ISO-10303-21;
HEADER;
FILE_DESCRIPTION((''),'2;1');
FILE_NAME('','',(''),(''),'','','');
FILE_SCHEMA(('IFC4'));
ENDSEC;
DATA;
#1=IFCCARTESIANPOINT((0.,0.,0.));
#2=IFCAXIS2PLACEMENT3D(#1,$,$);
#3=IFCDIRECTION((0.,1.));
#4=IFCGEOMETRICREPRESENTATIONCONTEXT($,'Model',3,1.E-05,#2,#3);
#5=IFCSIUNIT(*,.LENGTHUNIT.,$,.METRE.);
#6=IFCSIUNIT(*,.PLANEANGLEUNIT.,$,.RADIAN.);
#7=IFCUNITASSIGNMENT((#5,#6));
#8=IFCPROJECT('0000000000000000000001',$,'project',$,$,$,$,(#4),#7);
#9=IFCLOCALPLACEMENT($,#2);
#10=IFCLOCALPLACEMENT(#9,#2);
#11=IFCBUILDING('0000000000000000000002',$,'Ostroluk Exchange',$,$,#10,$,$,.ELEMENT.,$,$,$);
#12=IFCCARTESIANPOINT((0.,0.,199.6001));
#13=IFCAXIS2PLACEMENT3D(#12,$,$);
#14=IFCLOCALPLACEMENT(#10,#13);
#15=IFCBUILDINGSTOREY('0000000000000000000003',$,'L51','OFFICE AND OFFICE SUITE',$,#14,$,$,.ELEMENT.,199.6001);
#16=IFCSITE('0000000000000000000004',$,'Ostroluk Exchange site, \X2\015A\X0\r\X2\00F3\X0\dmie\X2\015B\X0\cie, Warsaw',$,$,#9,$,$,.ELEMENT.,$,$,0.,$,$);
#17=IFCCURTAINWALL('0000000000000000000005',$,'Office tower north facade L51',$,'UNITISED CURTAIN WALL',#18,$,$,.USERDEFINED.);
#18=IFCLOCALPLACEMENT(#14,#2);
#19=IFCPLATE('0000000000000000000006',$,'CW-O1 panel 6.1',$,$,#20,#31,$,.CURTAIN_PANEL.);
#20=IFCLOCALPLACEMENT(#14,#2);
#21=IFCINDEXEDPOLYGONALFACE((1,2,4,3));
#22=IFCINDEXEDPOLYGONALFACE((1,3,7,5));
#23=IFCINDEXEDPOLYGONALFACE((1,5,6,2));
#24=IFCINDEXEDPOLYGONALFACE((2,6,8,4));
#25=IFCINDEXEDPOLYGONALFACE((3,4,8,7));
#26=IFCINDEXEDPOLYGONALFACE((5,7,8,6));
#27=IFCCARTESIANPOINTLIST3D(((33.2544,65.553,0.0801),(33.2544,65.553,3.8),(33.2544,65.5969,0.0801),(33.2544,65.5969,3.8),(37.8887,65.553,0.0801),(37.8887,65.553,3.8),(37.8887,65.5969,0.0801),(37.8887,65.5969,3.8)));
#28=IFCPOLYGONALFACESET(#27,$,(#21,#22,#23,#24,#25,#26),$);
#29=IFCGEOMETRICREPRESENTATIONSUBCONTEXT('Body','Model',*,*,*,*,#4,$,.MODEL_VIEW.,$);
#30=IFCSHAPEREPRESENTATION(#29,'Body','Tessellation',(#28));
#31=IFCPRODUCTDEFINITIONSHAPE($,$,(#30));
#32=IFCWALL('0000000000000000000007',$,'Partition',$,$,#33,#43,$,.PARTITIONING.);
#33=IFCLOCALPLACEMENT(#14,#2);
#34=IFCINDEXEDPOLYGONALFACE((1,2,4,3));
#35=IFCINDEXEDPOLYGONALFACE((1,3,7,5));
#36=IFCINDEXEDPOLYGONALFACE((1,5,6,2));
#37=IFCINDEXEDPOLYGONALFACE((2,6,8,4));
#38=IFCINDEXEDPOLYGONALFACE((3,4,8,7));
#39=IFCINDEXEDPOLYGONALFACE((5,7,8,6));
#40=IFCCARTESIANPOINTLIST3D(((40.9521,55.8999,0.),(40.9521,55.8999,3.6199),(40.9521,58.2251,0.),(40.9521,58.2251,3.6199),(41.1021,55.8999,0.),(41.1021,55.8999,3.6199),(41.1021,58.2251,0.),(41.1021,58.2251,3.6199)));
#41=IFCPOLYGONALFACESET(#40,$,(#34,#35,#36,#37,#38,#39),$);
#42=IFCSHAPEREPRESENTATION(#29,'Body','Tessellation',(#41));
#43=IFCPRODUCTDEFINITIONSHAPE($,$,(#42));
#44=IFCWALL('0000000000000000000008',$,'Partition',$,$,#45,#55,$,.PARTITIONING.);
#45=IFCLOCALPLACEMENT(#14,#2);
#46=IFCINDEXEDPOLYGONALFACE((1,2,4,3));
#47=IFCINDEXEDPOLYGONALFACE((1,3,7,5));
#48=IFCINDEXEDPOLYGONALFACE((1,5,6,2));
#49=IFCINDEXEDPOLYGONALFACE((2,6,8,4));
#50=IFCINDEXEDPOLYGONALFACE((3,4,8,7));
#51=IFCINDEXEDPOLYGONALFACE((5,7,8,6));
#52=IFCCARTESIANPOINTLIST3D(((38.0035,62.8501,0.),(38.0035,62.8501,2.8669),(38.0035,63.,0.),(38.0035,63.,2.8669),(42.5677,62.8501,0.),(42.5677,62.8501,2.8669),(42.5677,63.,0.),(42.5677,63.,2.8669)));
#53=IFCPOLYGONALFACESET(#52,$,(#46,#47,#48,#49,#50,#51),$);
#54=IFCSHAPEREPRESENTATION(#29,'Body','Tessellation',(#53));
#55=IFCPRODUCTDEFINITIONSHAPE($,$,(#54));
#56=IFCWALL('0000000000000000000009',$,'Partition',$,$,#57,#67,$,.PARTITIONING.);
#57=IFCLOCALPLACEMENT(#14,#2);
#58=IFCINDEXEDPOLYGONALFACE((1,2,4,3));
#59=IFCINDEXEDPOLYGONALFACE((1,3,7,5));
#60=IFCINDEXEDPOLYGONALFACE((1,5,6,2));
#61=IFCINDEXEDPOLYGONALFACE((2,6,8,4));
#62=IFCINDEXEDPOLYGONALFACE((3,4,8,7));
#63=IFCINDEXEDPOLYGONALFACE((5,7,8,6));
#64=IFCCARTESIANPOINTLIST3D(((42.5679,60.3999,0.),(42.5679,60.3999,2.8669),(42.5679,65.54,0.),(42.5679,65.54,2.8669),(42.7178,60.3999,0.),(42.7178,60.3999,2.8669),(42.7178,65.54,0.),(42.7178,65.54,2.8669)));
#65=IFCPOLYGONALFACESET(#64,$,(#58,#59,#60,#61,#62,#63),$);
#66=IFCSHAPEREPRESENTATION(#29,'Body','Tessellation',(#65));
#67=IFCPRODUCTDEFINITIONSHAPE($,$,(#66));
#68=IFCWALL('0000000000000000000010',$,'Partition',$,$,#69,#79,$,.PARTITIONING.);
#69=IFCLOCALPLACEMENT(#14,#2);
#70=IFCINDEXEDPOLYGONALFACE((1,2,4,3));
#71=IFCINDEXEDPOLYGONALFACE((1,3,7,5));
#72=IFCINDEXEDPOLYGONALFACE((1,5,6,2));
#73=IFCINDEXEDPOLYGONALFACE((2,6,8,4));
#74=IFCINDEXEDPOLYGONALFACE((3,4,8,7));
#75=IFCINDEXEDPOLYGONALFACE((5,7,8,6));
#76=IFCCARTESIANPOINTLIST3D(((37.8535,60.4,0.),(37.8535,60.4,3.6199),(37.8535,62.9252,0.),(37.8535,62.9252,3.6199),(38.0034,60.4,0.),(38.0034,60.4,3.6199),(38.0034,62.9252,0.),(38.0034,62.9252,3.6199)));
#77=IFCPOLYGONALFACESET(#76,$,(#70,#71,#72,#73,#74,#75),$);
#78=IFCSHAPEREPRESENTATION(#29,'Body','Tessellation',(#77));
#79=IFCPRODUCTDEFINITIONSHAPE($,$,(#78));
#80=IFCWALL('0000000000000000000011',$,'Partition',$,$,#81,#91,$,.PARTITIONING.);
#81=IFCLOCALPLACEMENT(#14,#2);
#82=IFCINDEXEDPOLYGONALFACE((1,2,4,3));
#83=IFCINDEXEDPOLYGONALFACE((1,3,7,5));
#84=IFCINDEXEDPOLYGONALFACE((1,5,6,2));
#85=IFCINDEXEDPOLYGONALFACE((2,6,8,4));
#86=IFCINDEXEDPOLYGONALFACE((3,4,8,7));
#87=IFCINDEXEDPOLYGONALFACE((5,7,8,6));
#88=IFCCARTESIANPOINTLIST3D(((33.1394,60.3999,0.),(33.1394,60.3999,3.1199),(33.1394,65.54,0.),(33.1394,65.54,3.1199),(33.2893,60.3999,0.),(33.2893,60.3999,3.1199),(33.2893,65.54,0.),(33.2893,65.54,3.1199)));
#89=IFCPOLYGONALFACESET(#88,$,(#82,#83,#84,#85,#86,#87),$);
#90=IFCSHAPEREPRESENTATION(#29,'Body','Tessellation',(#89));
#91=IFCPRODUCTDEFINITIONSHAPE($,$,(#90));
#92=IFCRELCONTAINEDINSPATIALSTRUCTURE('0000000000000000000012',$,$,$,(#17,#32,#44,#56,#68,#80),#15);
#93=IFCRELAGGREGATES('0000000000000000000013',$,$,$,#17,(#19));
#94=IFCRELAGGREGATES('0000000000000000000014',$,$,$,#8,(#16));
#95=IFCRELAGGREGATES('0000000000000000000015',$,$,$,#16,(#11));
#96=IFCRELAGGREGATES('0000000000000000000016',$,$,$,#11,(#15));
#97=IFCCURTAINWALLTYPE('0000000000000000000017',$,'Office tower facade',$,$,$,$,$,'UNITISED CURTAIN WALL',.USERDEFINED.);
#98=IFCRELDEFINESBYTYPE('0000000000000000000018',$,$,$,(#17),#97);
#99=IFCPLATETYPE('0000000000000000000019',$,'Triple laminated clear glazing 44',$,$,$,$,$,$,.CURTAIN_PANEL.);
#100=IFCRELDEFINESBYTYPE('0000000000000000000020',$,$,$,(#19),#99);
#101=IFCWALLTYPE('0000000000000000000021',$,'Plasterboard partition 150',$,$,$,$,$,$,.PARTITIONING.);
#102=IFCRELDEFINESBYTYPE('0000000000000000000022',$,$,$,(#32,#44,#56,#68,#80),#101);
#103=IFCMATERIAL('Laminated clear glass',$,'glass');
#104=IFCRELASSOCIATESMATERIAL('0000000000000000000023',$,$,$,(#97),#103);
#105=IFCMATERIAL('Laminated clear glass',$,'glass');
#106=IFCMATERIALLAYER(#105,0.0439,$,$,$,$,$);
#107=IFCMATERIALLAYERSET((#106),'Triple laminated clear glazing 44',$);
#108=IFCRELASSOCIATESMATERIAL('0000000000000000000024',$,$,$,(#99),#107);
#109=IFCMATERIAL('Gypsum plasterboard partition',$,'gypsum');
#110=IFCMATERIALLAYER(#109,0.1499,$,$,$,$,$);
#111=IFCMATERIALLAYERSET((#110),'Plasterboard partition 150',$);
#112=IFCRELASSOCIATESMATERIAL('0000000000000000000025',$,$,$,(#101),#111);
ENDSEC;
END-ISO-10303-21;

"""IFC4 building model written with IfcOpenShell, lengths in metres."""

from ifc_helpers import new_model, si_unit, direction, frame, frame_2d, origin, origin_2d, place, context, subcontext, project, spatial, rectangle, extrude, material, layer, layer_set, type_object, element, aggregate, save


model = new_model("IFC4")

# Units and contexts
model_context = context("Model", 3, precision=1e-05, world=origin(), true_north=direction((0.0, 1.0)))
body_context = subcontext(model_context, "Body", "Model", "MODEL_VIEW")
ifc_project = project(units=[si_unit("LENGTHUNIT", "METRE"), si_unit("PLANEANGLEUNIT", "RADIAN")], contexts=[model_context])

# Site, building, storey
site_placement = place(None, origin())
site = spatial("IfcSite", under=ifc_project, at=site_placement, Name="Ostroluk Exchange site, Śródmieście, Warsaw", CompositionType="ELEMENT", RefElevation=0.0)
building_placement = place(site_placement, origin())
building = spatial("IfcBuilding", under=site, at=building_placement, Name="Ostroluk Exchange", CompositionType="ELEMENT")
storey_placement = place(building_placement, frame((0.0, 0.0, 199.6001)))
storey = spatial("IfcBuildingStorey", under=building, at=storey_placement, Name="L51", Description="OFFICE AND OFFICE SUITE", CompositionType="ELEMENT", Elevation=199.6001)

# Curtain wall, plate
ifc_material_1 = material(Name="Laminated clear glass", Category="glass")
curtain_wall_type = type_object("IfcCurtainWallType", Name="Office tower facade", ElementType="UNITISED CURTAIN WALL", PredefinedType="USERDEFINED", material=ifc_material_1)
curtain_wall_placement = place(storey_placement, origin())
curtain_wall = element("IfcCurtainWall", 1, at=curtain_wall_placement, inside=storey, type_object=curtain_wall_type, Name="Office tower north facade L51", ObjectType="UNITISED CURTAIN WALL", PredefinedType="USERDEFINED")
ifc_material_2 = material(Name="Laminated clear glass", Category="glass")
ifc_layer_1 = layer(ifc_material_2, 0.0439)
ifc_layer_set_1 = layer_set([ifc_layer_1], Name="Triple laminated clear glazing 44")
plate_type = type_object("IfcPlateType", Name="Triple laminated clear glazing 44", PredefinedType="CURTAIN_PANEL", material=ifc_layer_set_1)
plate_1_placement = place(storey_placement, frame((35.5715, 65.575, 0.0801), z_axis=(0.0, 0.0, 1.0), x_axis=(-1.0, 0.0, 0.0)))
plate_1 = element("IfcPlate", 2, at=plate_1_placement, type_object=plate_type, Name="CW-O1 panel 6.1", PredefinedType="CURTAIN_PANEL", context=body_context, shape_type="SweptSolid", body=[
    extrude(rectangle(XDim=4.6343, YDim=0.0439, at=origin_2d()), origin(), (0.0, 0.0, 1.0), 3.72),
])
aggregate(curtain_wall, [plate_1])

# Walls
ifc_material_3 = material(Name="Gypsum plasterboard partition", Category="gypsum")
ifc_layer_2 = layer(ifc_material_3, 0.1499)
ifc_layer_set_2 = layer_set([ifc_layer_2], Name="Plasterboard partition 150")
wall_type = type_object("IfcWallType", Name="Plasterboard partition 150", PredefinedType="PARTITIONING", material=ifc_layer_set_2)
wall_1_placement = place(storey_placement, frame((41.0271, 55.8999, 0.0), z_axis=(0.0, 0.0, 1.0), x_axis=(0.0, 1.0, 0.0)))
element("IfcWall", 3, at=wall_1_placement, inside=storey, type_object=wall_type, Name="Partition", PredefinedType="PARTITIONING", context=body_context, shape_type="SweptSolid", body=[
    extrude(rectangle(XDim=2.3252, YDim=0.1499, at=frame_2d((1.1626, 0.0))), origin(), (0.0, 0.0, 1.0), 3.6199),
])
wall_2_placement = place(storey_placement, frame((42.5679, 62.925, 0.0), z_axis=(0.0, 0.0, 1.0), x_axis=(-1.0, 0.0, 0.0)))
element("IfcWall", 4, at=wall_2_placement, inside=storey, type_object=wall_type, Name="Partition", PredefinedType="PARTITIONING", context=body_context, shape_type="SweptSolid", body=[
    extrude(rectangle(XDim=4.5642, YDim=0.1499, at=frame_2d((2.2822, 0.0))), origin(), (0.0, 0.0, 1.0), 2.8669),
])
wall_3_placement = place(storey_placement, frame((42.6428, 60.3999, 0.0), z_axis=(0.0, 0.0, 1.0), x_axis=(0.0, 1.0, 0.0)))
element("IfcWall", 5, at=wall_3_placement, inside=storey, type_object=wall_type, Name="Partition", PredefinedType="PARTITIONING", context=body_context, shape_type="SweptSolid", body=[
    extrude(rectangle(XDim=5.1401, YDim=0.1499, at=frame_2d((2.5701, 0.0))), origin(), (0.0, 0.0, 1.0), 2.8669),
])
wall_4_placement = place(storey_placement, frame((37.9285, 60.3999, 0.0), z_axis=(0.0, 0.0, 1.0), x_axis=(0.0, 1.0, 0.0)))
element("IfcWall", 6, at=wall_4_placement, inside=storey, type_object=wall_type, Name="Partition", PredefinedType="PARTITIONING", context=body_context, shape_type="SweptSolid", body=[
    extrude(rectangle(XDim=2.5251, YDim=0.1499, at=frame_2d((1.2627, 0.0))), origin(), (0.0, 0.0, 1.0), 3.6199),
])
wall_5_placement = place(storey_placement, frame((33.2144, 60.3999, 0.0), z_axis=(0.0, 0.0, 1.0), x_axis=(0.0, 1.0, 0.0)))
element("IfcWall", 7, at=wall_5_placement, inside=storey, type_object=wall_type, Name="Partition", PredefinedType="PARTITIONING", context=body_context, shape_type="SweptSolid", body=[
    extrude(rectangle(XDim=5.1401, YDim=0.1499, at=frame_2d((2.5701, 0.0))), origin(), (0.0, 0.0, 1.0), 3.1199),
])

save(model, "model.ifc")
